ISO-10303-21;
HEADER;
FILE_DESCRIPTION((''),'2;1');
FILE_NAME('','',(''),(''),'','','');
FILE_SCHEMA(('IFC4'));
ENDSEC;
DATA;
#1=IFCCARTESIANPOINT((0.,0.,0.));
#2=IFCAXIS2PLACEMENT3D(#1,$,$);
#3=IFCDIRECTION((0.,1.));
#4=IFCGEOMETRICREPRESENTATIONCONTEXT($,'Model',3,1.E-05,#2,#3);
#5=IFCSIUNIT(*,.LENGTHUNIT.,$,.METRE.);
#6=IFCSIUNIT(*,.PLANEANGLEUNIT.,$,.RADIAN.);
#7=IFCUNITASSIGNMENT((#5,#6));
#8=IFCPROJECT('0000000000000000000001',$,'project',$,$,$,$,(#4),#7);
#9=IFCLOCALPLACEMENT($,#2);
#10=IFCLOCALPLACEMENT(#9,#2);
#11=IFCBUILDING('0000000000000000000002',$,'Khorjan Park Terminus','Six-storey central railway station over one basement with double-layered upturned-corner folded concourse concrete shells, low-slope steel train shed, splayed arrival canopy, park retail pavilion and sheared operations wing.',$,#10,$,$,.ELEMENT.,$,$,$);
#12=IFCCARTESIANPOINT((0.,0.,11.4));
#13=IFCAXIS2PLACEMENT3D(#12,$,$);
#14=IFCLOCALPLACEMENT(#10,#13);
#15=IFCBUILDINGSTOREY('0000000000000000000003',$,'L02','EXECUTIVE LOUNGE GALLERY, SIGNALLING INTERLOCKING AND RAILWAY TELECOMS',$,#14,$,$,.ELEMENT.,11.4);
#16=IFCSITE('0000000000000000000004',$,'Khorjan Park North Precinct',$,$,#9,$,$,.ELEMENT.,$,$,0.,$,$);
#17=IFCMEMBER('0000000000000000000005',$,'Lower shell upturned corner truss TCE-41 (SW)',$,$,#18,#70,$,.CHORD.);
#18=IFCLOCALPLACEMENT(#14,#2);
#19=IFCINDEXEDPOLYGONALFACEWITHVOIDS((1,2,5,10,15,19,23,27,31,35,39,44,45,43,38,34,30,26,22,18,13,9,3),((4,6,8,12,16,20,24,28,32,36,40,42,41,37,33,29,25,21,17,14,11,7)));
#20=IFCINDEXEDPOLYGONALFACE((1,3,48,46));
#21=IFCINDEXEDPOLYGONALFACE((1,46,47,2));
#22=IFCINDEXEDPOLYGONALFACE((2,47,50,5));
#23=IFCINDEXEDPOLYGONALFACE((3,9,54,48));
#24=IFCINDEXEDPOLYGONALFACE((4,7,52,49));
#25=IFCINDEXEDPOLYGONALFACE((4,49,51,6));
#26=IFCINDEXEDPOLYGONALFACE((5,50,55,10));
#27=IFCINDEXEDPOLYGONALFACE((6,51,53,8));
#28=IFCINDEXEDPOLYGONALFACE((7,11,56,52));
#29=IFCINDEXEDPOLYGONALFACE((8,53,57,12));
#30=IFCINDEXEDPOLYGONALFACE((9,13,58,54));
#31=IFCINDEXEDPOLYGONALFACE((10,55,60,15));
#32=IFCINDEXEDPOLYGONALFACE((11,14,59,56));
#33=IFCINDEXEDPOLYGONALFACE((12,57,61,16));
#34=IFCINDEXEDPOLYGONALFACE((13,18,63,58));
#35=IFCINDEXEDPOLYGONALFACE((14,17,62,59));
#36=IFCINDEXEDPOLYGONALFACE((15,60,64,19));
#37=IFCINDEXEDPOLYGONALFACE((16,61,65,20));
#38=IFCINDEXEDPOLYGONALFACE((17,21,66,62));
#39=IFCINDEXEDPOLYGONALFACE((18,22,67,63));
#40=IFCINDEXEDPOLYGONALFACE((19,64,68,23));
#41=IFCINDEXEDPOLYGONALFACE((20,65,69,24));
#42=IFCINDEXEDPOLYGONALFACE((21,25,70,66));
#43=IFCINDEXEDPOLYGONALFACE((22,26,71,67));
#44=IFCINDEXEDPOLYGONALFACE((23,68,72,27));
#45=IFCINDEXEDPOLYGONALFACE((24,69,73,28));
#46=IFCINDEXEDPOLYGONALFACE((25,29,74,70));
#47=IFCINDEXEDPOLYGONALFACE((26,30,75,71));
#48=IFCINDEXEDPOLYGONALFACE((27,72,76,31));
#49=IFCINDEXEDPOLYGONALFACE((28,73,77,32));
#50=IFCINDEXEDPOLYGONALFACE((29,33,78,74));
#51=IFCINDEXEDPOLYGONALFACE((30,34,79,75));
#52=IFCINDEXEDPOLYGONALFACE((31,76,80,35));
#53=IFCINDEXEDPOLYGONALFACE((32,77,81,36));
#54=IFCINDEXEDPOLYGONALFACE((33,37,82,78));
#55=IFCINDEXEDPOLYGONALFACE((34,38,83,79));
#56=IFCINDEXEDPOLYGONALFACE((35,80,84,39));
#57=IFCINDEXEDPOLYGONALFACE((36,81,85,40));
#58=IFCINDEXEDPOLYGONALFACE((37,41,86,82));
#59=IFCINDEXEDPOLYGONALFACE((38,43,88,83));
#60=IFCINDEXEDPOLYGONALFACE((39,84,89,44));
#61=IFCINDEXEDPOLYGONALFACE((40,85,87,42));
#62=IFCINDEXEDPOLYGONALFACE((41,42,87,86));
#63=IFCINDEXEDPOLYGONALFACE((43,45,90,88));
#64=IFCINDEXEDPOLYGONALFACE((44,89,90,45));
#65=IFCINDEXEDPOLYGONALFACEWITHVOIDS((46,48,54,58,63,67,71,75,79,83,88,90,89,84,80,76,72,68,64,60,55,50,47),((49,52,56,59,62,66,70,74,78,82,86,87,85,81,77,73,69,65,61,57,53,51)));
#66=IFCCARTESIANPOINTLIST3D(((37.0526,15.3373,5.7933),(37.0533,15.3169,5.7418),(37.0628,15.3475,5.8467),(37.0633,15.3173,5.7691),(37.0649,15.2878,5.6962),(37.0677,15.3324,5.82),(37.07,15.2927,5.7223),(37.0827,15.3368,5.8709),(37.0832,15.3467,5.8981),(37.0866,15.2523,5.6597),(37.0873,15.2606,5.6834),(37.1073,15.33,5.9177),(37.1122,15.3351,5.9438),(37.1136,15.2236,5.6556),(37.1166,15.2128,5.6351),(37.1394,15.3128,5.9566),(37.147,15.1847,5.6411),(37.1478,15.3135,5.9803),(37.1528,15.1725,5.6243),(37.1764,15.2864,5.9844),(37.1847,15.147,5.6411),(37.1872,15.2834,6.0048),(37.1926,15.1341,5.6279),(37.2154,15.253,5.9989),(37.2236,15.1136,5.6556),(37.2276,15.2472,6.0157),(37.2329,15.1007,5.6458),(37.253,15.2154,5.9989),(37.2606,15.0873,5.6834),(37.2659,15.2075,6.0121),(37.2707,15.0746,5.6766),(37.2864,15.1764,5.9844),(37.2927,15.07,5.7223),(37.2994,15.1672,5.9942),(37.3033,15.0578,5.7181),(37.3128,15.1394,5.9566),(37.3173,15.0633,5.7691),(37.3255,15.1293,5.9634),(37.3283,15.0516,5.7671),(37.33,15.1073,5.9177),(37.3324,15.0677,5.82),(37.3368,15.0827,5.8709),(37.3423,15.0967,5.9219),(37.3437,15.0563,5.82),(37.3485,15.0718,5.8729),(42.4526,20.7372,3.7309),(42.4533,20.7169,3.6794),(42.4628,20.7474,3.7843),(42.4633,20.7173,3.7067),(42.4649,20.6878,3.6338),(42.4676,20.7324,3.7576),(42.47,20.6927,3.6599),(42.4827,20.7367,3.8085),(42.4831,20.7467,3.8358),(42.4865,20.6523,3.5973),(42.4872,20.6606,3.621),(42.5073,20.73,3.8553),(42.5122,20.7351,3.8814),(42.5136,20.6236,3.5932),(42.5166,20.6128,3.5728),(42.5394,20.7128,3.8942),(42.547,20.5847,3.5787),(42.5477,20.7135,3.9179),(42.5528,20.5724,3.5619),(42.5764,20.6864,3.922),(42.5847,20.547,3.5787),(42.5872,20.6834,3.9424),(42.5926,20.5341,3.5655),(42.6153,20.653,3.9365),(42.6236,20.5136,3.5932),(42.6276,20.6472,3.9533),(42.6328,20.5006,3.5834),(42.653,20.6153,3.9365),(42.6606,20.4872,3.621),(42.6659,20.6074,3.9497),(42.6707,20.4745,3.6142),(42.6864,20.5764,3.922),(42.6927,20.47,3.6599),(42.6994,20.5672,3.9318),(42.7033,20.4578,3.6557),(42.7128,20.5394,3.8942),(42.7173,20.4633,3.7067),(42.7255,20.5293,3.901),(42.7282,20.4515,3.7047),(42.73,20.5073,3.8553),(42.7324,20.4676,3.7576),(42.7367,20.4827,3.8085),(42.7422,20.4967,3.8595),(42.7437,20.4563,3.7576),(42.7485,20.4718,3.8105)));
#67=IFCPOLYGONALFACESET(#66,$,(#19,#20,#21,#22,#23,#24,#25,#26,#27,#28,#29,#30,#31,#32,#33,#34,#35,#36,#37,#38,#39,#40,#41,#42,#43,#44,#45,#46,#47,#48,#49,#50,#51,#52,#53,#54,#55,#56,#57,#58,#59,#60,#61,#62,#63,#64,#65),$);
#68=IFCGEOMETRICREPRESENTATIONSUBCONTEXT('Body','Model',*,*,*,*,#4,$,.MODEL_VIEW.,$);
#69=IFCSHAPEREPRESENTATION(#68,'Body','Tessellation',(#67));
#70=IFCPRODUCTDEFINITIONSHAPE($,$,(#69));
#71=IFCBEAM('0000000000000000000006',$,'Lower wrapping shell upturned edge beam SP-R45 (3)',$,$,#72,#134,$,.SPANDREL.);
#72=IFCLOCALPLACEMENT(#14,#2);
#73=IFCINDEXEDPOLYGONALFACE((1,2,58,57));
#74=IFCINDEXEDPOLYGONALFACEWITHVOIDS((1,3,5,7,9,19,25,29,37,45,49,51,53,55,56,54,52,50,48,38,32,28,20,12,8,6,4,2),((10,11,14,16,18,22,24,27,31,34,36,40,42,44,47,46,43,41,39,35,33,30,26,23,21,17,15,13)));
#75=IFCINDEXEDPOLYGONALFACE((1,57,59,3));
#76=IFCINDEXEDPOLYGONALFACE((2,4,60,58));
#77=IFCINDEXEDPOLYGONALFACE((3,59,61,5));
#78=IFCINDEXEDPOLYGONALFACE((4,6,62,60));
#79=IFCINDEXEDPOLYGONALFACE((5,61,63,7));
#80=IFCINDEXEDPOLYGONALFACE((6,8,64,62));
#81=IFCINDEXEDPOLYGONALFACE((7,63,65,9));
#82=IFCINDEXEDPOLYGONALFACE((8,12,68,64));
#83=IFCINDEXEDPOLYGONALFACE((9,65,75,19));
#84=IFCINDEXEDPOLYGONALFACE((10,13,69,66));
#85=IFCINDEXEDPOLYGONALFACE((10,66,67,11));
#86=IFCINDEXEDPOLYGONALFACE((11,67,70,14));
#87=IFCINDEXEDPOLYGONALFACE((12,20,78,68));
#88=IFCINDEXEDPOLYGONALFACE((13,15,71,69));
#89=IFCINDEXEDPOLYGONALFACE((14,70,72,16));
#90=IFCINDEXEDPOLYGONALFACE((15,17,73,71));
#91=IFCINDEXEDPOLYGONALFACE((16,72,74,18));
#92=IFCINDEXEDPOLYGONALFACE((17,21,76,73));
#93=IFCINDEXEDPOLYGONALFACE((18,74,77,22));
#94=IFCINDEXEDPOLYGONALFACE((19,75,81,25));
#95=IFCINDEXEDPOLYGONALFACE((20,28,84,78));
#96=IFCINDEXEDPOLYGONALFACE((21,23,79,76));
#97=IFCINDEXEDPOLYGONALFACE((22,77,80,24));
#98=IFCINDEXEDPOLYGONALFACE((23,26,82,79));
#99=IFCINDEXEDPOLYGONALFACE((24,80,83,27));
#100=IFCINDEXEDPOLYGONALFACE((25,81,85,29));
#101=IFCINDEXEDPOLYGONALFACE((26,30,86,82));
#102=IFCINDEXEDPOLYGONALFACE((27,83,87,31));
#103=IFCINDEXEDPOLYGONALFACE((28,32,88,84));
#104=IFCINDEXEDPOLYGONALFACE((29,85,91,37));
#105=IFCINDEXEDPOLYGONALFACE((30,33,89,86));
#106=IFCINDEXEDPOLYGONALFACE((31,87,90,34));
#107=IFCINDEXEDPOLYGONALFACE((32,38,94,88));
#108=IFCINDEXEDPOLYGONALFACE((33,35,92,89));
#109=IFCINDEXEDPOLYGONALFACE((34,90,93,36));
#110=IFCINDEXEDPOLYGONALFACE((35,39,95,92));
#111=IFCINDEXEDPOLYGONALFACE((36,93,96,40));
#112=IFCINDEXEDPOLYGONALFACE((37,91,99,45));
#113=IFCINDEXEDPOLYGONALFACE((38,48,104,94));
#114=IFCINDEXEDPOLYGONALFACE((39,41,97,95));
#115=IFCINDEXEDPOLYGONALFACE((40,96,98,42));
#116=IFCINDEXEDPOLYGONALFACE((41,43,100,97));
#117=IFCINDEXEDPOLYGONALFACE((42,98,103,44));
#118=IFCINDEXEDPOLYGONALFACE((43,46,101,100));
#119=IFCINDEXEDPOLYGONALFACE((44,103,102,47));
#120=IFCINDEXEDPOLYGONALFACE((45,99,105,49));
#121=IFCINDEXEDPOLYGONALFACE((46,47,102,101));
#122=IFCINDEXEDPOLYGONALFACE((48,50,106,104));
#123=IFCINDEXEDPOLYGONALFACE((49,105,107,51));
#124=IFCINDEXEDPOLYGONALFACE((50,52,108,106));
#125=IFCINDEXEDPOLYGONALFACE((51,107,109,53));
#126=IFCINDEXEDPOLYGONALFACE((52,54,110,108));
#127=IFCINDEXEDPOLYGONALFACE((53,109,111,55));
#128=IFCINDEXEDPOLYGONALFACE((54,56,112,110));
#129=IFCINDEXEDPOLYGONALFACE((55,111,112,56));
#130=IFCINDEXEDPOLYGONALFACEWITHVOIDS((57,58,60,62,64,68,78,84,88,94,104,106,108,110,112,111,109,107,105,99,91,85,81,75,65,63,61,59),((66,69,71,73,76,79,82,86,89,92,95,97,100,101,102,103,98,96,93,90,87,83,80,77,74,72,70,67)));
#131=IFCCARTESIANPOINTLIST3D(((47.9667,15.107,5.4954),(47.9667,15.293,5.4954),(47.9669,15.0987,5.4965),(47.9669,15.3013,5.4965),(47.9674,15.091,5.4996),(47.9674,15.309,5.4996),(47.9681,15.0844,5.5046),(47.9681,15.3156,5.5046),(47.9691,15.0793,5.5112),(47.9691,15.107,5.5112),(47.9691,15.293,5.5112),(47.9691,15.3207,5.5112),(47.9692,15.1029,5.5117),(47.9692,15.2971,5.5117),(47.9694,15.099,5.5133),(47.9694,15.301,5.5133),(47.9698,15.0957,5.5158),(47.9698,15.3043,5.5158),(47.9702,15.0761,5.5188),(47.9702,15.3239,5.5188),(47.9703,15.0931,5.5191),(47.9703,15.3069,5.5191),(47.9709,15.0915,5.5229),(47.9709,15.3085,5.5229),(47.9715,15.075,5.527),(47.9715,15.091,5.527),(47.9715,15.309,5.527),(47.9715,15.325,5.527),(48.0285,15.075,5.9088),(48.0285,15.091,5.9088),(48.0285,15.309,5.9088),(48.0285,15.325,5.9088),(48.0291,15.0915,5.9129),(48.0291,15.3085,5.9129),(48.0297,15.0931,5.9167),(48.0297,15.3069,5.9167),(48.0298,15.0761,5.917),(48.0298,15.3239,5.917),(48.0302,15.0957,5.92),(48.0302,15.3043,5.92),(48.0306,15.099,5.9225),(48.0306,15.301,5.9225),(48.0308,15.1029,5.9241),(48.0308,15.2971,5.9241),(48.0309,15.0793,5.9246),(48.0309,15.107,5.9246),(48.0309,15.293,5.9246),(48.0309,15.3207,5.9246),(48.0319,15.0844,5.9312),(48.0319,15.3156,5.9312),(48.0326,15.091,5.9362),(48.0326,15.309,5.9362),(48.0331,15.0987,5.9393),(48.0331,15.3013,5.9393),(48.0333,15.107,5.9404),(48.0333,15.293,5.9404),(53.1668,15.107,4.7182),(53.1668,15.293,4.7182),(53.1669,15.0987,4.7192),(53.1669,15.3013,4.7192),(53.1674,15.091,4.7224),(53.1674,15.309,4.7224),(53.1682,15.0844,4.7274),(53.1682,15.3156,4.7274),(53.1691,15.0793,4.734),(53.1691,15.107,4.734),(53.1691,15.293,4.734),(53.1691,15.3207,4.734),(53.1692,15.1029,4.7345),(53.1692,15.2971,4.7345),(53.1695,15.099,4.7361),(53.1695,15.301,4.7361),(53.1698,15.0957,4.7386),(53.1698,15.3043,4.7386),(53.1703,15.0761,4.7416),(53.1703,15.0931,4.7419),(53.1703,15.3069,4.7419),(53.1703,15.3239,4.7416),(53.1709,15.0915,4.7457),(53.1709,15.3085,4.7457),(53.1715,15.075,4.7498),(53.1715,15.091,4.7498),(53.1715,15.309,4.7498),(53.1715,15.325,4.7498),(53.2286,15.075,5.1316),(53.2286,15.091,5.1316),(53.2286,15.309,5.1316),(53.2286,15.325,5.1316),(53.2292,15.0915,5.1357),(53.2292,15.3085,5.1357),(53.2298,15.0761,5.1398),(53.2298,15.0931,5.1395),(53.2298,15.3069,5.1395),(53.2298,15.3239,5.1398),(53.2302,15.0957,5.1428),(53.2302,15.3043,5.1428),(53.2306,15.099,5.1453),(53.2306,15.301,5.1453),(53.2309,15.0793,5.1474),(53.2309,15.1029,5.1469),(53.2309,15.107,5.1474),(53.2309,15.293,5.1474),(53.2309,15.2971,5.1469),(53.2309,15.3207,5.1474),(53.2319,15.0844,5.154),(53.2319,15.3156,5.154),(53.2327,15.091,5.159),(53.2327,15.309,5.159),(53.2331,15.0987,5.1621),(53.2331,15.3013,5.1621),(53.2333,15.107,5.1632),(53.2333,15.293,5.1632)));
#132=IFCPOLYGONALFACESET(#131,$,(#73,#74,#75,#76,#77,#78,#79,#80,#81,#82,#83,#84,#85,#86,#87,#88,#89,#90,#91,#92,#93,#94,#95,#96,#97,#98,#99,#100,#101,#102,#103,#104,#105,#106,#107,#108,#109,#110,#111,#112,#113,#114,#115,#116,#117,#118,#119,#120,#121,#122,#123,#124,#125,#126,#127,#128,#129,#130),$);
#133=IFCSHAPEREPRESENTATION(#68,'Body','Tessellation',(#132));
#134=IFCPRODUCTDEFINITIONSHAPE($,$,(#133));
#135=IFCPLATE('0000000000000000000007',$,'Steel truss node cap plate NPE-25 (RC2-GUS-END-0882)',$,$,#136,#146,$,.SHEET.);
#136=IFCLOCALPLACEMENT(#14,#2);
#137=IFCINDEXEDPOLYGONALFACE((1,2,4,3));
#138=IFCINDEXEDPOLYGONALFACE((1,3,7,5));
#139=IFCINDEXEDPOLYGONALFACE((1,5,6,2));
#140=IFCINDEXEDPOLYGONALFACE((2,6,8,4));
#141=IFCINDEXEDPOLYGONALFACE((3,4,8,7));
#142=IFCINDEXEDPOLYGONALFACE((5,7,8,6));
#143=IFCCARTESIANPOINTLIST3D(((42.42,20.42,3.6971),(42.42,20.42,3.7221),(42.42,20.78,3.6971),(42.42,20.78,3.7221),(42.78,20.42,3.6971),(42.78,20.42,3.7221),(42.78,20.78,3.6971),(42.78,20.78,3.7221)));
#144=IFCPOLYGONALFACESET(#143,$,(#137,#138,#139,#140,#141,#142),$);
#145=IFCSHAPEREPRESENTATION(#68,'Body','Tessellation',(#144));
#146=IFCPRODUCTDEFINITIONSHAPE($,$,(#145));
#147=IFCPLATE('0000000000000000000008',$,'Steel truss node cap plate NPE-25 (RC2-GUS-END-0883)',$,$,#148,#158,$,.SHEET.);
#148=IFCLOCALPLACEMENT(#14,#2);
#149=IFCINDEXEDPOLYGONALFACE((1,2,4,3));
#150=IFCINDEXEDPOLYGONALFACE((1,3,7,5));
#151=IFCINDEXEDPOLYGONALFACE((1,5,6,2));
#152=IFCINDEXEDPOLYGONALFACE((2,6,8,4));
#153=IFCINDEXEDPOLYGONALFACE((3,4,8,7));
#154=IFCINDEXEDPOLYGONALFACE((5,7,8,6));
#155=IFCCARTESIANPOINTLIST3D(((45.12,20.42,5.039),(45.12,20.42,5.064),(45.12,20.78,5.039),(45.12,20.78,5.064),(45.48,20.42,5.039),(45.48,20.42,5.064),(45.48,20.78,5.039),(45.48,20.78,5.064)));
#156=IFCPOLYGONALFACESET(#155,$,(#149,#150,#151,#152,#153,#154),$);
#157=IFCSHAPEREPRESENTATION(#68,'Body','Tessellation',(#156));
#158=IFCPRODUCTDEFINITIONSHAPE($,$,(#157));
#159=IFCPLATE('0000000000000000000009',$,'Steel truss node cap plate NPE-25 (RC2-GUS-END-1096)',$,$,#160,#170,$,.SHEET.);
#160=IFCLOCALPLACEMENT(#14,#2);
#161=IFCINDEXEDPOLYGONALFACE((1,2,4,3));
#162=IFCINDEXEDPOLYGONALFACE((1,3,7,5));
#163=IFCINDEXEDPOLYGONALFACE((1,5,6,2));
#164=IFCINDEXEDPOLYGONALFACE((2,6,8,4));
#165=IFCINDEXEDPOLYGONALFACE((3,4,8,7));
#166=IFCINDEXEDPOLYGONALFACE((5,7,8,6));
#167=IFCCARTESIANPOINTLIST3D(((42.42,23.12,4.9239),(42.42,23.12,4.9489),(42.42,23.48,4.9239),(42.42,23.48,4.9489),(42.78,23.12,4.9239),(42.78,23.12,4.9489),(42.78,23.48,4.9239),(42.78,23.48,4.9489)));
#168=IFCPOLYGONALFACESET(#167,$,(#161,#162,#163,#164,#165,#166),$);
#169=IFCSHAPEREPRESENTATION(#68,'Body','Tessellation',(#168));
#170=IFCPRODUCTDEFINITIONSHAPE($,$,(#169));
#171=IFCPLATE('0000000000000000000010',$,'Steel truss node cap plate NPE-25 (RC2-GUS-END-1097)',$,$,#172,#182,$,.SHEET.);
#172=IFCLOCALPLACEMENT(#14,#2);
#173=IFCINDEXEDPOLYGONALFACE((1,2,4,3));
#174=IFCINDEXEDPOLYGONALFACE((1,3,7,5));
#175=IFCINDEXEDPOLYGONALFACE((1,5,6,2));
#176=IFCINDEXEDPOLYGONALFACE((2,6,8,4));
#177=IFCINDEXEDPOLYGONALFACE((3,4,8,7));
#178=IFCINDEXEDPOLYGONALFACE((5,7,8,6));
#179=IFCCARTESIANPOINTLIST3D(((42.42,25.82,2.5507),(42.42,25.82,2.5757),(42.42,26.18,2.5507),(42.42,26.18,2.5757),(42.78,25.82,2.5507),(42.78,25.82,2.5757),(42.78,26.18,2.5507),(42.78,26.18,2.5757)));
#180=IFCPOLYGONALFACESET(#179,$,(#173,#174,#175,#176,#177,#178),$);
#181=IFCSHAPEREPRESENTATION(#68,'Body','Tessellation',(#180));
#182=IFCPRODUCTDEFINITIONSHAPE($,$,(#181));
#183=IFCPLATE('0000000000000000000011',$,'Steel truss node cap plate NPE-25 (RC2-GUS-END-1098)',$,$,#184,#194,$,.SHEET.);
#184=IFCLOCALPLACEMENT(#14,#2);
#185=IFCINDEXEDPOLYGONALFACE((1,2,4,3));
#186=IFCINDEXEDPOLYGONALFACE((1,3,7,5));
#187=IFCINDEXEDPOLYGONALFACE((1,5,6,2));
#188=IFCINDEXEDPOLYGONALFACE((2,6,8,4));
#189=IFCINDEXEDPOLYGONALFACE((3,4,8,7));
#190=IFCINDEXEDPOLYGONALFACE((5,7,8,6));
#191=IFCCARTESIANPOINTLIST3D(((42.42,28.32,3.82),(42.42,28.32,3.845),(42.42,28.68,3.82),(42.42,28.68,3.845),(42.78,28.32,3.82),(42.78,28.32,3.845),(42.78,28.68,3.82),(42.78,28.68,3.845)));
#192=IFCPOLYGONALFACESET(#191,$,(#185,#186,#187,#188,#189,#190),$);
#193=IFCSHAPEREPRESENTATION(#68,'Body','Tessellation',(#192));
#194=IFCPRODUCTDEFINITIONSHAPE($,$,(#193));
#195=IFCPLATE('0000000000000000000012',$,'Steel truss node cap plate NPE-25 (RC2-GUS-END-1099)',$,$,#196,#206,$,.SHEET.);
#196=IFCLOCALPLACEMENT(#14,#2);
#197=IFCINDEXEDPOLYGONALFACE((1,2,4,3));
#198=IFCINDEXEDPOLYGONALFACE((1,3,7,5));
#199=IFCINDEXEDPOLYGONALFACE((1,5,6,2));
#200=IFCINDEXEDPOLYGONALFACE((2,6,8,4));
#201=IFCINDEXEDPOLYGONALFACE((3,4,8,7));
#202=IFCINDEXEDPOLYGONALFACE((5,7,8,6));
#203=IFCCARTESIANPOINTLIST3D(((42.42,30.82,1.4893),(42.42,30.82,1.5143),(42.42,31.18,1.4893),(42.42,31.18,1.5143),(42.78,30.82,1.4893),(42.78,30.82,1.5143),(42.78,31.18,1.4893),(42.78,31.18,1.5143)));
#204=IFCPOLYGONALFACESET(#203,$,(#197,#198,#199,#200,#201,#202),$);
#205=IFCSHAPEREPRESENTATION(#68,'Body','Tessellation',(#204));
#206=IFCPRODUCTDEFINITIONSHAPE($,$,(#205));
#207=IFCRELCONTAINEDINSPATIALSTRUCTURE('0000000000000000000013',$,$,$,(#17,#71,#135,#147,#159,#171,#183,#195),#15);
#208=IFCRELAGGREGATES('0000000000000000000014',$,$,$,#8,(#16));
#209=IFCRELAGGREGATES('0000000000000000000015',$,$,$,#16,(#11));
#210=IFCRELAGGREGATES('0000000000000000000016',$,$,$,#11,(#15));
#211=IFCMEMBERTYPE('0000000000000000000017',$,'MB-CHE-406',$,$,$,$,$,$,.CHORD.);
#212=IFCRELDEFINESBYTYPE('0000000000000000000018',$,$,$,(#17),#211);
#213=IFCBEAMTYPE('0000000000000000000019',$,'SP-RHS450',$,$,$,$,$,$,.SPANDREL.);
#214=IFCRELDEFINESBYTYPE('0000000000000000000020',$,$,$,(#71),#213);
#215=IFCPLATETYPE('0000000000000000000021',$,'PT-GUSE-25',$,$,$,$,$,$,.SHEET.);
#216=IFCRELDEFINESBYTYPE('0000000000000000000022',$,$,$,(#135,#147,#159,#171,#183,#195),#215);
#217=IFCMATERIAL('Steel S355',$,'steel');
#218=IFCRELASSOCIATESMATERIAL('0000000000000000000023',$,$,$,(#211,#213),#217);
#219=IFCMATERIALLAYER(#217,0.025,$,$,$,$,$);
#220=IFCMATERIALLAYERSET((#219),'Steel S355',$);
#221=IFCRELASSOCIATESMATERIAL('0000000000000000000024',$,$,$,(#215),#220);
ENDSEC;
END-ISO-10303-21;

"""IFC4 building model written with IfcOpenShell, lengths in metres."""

from ifc_helpers import new_model, si_unit, direction, frame, origin, origin_2d, place, context, subcontext, project, spatial, rectangle, hollow_rectangle, hollow_circle, extrude, material, layer, layer_set, material_profile, profile_set, type_object, element, save


model = new_model("IFC4")

# Units and contexts
model_context = context("Model", 3, precision=1e-05, world=origin(), true_north=direction((0.0, 1.0)))
body_context = subcontext(model_context, "Body", "Model", "MODEL_VIEW")
ifc_project = project(units=[si_unit("LENGTHUNIT", "METRE"), si_unit("PLANEANGLEUNIT", "RADIAN")], contexts=[model_context])

# Site, building, storey
site_placement = place(None, origin())
site = spatial("IfcSite", under=ifc_project, at=site_placement, Name="Khorjan Park North Precinct", CompositionType="ELEMENT", RefElevation=0.0)
building_placement = place(site_placement, origin())
building = spatial("IfcBuilding", under=site, at=building_placement, Name="Khorjan Park Terminus", Description="Six-storey central railway station over one basement with double-layered upturned-corner folded concourse concrete shells, low-slope steel train shed, splayed arrival canopy, park retail pavilion and sheared operations wing.", CompositionType="ELEMENT")
storey_placement = place(building_placement, frame((0.0, 0.0, 11.4)))
storey = spatial("IfcBuildingStorey", under=building, at=storey_placement, Name="L02", Description="EXECUTIVE LOUNGE GALLERY, SIGNALLING INTERLOCKING AND RAILWAY TELECOMS", CompositionType="ELEMENT", Elevation=11.4)

# Member
ifc_material_1 = material(Name="Steel S355", Category="steel")
ifc_material_profile_1 = material_profile(ifc_material_1, hollow_circle(Radius=0.2032, WallThickness=0.016, at=origin_2d()), Name="CHS 406.4x16")
ifc_profile_set_1 = profile_set([ifc_material_profile_1], Name="Steel S355")
member_type_1 = type_object("IfcMemberType", Name="MB-CHE-406", PredefinedType="CHORD", material=ifc_profile_set_1)
for number, where, z_axis, x_axis, name in (
    (1, (42.6, 20.6, 3.7576), (-0.682651, -0.682651, 0.260722), (0.707107, -0.707107, 0.0), "Lower shell upturned corner truss TCE-41 (SW)"),
):
    element("IfcMember", number, at=place(storey_placement, frame(where, z_axis=z_axis, x_axis=x_axis)), inside=storey, type_object=member_type_1, Name=name, PredefinedType="CHORD", context=body_context, shape_type="SweptSolid", body=[
        extrude(hollow_circle(Radius=0.2032, WallThickness=0.016, at=origin_2d()), origin(), (0.0, 0.0, 1.0), 7.9103),
    ])

# Beam
ifc_material_profile_2 = material_profile(ifc_material_1, hollow_rectangle(XDim=0.25, YDim=0.45, WallThickness=0.016, InnerFilletRadius=0.016, OuterFilletRadius=0.032, at=origin_2d()), Name="RHS 450x250x16")
ifc_profile_set_2 = profile_set([ifc_material_profile_2], Name="Steel S355")
beam_type = type_object("IfcBeamType", Name="SP-RHS450", PredefinedType="SPANDREL", material=ifc_profile_set_2)
beam_placement = place(storey_placement, frame((48.0, 15.2, 5.7179), z_axis=(0.989014, 0.0, -0.14782), x_axis=(0.0, 1.0, 0.0)))
element("IfcBeam", 2, at=beam_placement, inside=storey, type_object=beam_type, Name="Lower wrapping shell upturned edge beam SP-R45 (3)", PredefinedType="SPANDREL", context=body_context, shape_type="SweptSolid", body=[
    extrude(hollow_rectangle(XDim=0.25, YDim=0.45, WallThickness=0.016, InnerFilletRadius=0.016, OuterFilletRadius=0.032, at=origin_2d()), origin(), (0.0, 0.0, 1.0), 5.2578),
])

# Plates
ifc_layer_1 = layer(ifc_material_1, 0.025)
ifc_layer_set_1 = layer_set([ifc_layer_1], Name="Steel S355")
plate_type = type_object("IfcPlateType", Name="PT-GUSE-25", PredefinedType="SHEET", material=ifc_layer_set_1)
for number, where, z_axis, x_axis, name in (
    (3, (42.6, 20.6, 3.6971), (0.0, 0.0, 1.0), (1.0, 0.0, 0.0), "Steel truss node cap plate NPE-25 (RC2-GUS-END-0882)"),
    (4, (45.3, 20.6, 5.039), (0.0, 0.0, 1.0), (1.0, 0.0, 0.0), "Steel truss node cap plate NPE-25 (RC2-GUS-END-0883)"),
    (5, (42.6, 23.3, 4.9239), (0.0, 0.0, 1.0), (1.0, 0.0, 0.0), "Steel truss node cap plate NPE-25 (RC2-GUS-END-1096)"),
    (6, (42.6, 26.0, 2.5507), (0.0, 0.0, 1.0), (1.0, 0.0, 0.0), "Steel truss node cap plate NPE-25 (RC2-GUS-END-1097)"),
    (7, (42.6, 28.5, 3.82), (0.0, 0.0, 1.0), (1.0, 0.0, 0.0), "Steel truss node cap plate NPE-25 (RC2-GUS-END-1098)"),
    (8, (42.6, 31.0, 1.4893), (0.0, 0.0, 1.0), (1.0, 0.0, 0.0), "Steel truss node cap plate NPE-25 (RC2-GUS-END-1099)"),
):
    element("IfcPlate", number, at=place(storey_placement, frame(where, z_axis=z_axis, x_axis=x_axis)), inside=storey, type_object=plate_type, Name=name, PredefinedType="SHEET", context=body_context, shape_type="SweptSolid", body=[
        extrude(rectangle(XDim=0.36, YDim=0.36, at=origin_2d()), origin(), (0.0, 0.0, 1.0), 0.025),
    ])

save(model, "model.ifc")
